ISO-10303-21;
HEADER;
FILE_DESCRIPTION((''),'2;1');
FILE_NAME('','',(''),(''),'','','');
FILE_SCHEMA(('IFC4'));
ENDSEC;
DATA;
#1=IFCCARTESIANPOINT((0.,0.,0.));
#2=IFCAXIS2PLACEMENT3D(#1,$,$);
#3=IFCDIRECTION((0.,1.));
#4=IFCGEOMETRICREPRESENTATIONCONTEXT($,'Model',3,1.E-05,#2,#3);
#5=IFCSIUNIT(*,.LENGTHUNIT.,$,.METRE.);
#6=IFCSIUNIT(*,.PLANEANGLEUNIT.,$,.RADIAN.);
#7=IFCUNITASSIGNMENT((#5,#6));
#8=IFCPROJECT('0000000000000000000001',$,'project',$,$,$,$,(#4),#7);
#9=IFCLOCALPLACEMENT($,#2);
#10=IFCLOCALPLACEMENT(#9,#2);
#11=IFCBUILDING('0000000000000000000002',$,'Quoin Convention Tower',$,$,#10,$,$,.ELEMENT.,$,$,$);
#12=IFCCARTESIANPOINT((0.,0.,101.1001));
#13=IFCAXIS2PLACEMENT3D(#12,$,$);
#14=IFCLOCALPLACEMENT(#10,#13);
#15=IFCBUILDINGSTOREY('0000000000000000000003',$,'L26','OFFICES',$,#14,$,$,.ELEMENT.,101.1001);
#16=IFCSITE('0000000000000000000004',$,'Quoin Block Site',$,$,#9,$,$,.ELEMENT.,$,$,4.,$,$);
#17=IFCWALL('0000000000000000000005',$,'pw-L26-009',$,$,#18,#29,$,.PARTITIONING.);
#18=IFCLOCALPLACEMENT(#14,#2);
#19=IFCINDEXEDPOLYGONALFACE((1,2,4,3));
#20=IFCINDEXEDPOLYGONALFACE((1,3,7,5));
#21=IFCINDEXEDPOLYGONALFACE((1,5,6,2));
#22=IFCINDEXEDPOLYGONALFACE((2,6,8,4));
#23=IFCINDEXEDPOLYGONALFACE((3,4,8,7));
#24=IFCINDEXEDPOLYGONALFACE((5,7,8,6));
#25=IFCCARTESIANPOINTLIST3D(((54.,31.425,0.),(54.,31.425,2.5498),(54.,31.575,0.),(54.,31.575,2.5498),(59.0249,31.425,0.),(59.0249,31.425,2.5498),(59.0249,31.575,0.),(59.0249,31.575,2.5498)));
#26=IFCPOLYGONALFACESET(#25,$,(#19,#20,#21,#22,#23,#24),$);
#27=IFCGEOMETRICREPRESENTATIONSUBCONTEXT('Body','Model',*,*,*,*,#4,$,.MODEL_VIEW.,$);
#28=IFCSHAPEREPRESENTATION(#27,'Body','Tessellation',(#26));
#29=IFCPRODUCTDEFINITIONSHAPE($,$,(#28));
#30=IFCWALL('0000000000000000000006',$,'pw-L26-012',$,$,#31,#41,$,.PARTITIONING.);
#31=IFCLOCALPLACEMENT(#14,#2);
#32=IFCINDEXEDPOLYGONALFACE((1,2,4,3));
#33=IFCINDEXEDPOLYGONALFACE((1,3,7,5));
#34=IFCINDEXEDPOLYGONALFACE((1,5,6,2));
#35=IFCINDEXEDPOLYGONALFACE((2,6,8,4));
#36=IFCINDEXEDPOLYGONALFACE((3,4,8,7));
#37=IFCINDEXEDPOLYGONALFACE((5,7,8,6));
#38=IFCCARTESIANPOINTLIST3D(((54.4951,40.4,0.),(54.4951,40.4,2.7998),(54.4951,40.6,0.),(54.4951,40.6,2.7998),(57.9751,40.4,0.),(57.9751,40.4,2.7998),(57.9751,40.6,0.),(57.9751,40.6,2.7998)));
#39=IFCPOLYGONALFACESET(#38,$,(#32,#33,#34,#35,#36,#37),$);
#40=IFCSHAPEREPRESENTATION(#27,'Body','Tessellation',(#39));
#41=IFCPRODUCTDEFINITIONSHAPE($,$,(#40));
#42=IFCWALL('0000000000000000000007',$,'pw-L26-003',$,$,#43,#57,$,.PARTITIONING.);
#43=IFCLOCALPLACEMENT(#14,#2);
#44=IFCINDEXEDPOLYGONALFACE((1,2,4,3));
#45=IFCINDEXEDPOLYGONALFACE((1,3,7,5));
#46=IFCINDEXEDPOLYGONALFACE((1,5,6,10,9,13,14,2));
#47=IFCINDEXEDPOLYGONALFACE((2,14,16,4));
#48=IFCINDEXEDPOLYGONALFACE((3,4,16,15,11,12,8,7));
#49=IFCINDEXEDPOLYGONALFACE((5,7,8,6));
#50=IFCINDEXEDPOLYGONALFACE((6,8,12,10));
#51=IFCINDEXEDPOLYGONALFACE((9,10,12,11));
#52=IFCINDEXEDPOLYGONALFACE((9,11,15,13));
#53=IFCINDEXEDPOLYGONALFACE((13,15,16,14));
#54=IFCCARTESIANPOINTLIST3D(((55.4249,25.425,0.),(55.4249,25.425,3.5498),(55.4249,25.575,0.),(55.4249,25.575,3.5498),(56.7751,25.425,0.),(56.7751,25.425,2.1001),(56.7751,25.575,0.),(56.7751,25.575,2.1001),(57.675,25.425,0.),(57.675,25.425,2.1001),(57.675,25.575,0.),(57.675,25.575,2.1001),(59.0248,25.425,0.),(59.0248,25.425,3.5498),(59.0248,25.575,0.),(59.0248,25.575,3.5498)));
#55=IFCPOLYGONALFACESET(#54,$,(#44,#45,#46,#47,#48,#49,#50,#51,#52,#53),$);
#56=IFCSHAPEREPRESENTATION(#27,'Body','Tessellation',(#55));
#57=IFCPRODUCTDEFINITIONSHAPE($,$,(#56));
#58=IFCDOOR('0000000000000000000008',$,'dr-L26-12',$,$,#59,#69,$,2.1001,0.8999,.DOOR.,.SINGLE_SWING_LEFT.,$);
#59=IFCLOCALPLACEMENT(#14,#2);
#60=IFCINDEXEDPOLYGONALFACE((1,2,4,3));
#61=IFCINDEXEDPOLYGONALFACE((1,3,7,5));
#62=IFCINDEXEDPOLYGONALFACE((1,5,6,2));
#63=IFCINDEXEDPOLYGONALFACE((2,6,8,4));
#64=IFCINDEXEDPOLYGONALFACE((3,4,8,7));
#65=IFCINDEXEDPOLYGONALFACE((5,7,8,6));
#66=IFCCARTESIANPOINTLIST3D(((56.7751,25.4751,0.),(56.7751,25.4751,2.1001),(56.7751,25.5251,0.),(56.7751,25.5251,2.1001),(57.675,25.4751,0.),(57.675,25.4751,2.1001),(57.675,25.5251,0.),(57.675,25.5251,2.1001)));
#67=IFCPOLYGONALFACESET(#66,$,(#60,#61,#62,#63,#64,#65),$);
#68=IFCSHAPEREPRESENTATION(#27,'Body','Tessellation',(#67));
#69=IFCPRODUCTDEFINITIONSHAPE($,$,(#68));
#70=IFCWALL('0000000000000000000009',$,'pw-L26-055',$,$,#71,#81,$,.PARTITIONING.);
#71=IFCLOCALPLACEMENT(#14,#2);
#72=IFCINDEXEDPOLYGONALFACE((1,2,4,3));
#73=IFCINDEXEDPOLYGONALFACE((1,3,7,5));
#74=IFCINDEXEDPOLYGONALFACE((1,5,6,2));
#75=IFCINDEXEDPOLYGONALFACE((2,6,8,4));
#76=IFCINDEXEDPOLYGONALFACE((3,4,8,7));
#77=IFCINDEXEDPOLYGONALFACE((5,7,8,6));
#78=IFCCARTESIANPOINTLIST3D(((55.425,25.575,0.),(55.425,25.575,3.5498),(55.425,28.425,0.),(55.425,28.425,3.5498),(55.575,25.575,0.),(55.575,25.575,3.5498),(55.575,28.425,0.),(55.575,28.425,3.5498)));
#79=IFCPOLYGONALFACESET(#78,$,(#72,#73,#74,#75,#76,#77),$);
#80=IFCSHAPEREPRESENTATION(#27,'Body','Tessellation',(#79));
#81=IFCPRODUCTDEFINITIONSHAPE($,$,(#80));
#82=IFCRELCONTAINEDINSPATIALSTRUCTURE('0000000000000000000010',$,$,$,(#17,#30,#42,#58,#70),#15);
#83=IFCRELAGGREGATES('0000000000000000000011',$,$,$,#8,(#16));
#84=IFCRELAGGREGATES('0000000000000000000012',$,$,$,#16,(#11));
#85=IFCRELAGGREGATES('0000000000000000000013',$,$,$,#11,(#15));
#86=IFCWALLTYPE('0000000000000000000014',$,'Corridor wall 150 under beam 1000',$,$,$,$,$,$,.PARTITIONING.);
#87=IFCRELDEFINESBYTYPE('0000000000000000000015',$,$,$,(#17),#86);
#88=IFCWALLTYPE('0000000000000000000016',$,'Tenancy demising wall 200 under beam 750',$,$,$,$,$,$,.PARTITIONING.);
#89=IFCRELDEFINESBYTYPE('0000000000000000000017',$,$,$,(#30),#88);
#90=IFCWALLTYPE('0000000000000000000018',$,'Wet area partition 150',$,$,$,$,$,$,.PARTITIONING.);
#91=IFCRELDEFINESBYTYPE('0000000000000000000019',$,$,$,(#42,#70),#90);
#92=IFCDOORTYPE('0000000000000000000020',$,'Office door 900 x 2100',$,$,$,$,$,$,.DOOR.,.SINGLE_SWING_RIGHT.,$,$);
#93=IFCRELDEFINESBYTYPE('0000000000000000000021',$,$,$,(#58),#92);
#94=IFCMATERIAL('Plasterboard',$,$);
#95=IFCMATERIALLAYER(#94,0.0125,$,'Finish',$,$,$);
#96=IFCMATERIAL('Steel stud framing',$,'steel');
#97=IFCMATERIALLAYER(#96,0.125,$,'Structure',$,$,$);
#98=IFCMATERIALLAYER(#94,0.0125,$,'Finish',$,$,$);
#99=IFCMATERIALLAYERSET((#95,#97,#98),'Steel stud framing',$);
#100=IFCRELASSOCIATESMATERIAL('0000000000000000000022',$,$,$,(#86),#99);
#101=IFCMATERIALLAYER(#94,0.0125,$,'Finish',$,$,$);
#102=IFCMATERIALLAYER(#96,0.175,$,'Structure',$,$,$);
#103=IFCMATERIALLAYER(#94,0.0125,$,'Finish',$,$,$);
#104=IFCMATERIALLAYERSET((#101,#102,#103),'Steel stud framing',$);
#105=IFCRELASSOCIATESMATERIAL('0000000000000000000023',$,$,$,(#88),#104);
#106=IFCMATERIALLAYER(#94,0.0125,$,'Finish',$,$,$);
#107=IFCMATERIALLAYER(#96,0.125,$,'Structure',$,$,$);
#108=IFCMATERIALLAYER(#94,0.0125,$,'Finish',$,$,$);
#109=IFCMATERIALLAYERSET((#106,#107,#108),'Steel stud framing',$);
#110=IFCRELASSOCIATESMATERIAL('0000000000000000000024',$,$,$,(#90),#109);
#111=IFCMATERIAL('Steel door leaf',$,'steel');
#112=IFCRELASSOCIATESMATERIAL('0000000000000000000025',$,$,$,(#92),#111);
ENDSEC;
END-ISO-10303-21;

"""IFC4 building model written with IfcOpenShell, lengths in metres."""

from ifc_helpers import new_model, si_unit, direction, frame, frame_2d, origin, place, context, subcontext, project, spatial, rectangle, extrude, material, layer, layer_set, type_object, element, fill, save


model = new_model("IFC4")

# Units and contexts
model_context = context("Model", 3, precision=1e-05, world=origin(), true_north=direction((0.0, 1.0)))
body_context = subcontext(model_context, "Body", "Model", "MODEL_VIEW")
ifc_project = project(units=[si_unit("LENGTHUNIT", "METRE"), si_unit("PLANEANGLEUNIT", "RADIAN")], contexts=[model_context])

# Site, building, storey
site_placement = place(None, origin())
site = spatial("IfcSite", under=ifc_project, at=site_placement, Name="Quoin Block Site", CompositionType="ELEMENT", RefElevation=4.0)
building_placement = place(site_placement, origin())
building = spatial("IfcBuilding", under=site, at=building_placement, Name="Quoin Convention Tower", CompositionType="ELEMENT")
storey_placement = place(building_placement, frame((0.0, 0.0, 101.1001)))
storey = spatial("IfcBuildingStorey", under=building, at=storey_placement, Name="L26", Description="OFFICES", CompositionType="ELEMENT", Elevation=101.1001)

# Shared definitions
ifc_material_1 = material(Name="Plasterboard")
ifc_material_2 = material(Name="Steel stud framing", Category="steel")

# Walls
ifc_layer_1 = layer(ifc_material_1, 0.0125, Name="Finish")
ifc_layer_2 = layer(ifc_material_2, 0.125, Name="Structure")
ifc_layer_3 = layer(ifc_material_1, 0.0125, Name="Finish")
ifc_layer_set_1 = layer_set([ifc_layer_1, ifc_layer_2, ifc_layer_3], Name="Steel stud framing")
wall_type_1 = type_object("IfcWallType", Name="Corridor wall 150 under beam 1000", PredefinedType="PARTITIONING", material=ifc_layer_set_1)
wall_1_placement = place(storey_placement, frame((54.0, 31.5, 0.0), z_axis=(0.0, 0.0, 1.0), x_axis=(1.0, 0.0, 0.0)))
element("IfcWall", 1, at=wall_1_placement, inside=storey, type_object=wall_type_1, Name="pw-L26-009", PredefinedType="PARTITIONING", context=body_context, shape_type="SweptSolid", body=[
    extrude(rectangle(XDim=5.0249, YDim=0.1499, at=frame_2d((2.5125, 0.0))), origin(), (0.0, 0.0, 1.0), 2.5498),
])
ifc_layer_4 = layer(ifc_material_1, 0.0125, Name="Finish")
ifc_layer_5 = layer(ifc_material_2, 0.175, Name="Structure")
ifc_layer_6 = layer(ifc_material_1, 0.0125, Name="Finish")
ifc_layer_set_2 = layer_set([ifc_layer_4, ifc_layer_5, ifc_layer_6], Name="Steel stud framing")
wall_type_2 = type_object("IfcWallType", Name="Tenancy demising wall 200 under beam 750", PredefinedType="PARTITIONING", material=ifc_layer_set_2)
wall_2_placement = place(storey_placement, frame((54.4951, 40.5, 0.0), z_axis=(0.0, 0.0, 1.0), x_axis=(1.0, 0.0, 0.0)))
element("IfcWall", 2, at=wall_2_placement, inside=storey, type_object=wall_type_2, Name="pw-L26-012", PredefinedType="PARTITIONING", context=body_context, shape_type="SweptSolid", body=[
    extrude(rectangle(XDim=3.48, YDim=0.2, at=frame_2d((1.74, 0.0))), origin(), (0.0, 0.0, 1.0), 2.7998),
])

# Wall, opening, door
ifc_layer_7 = layer(ifc_material_1, 0.0125, Name="Finish")
ifc_layer_8 = layer(ifc_material_2, 0.125, Name="Structure")
ifc_layer_9 = layer(ifc_material_1, 0.0125, Name="Finish")
ifc_layer_set_3 = layer_set([ifc_layer_7, ifc_layer_8, ifc_layer_9], Name="Steel stud framing")
wall_type_3 = type_object("IfcWallType", Name="Wet area partition 150", PredefinedType="PARTITIONING", material=ifc_layer_set_3)
wall_3_placement = place(storey_placement, frame((55.425, 25.5, 0.0), z_axis=(0.0, 0.0, 1.0), x_axis=(1.0, 0.0, 0.0)))
wall_3 = element("IfcWall", 3, at=wall_3_placement, inside=storey, type_object=wall_type_3, Name="pw-L26-003", PredefinedType="PARTITIONING", context=body_context, shape_type="SweptSolid", body=[
    extrude(rectangle(XDim=3.5999, YDim=0.1499, at=frame_2d((1.7998, 0.0))), origin(), (0.0, 0.0, 1.0), 3.5498),
])
opening_1_placement = place(wall_3_placement, frame((1.3501, 0.0, 0.0)))
opening_1 = element("IfcOpeningElement", 4, at=opening_1_placement, cuts=wall_3, PredefinedType="OPENING", context=body_context, shape_type="SweptSolid", body=[
    extrude(rectangle(XDim=0.8999, YDim=2.1001, at=frame_2d((0.45, 1.05))), frame((0.0, 0.085, 0.0), z_axis=(0.0, -1.0, 0.0), x_axis=(1.0, 0.0, 0.0)), (0.0, 0.0, 1.0), 0.1699),
])
ifc_material_3 = material(Name="Steel door leaf", Category="steel")
door_type = type_object("IfcDoorType", Name="Office door 900 x 2100", OperationType="SINGLE_SWING_RIGHT", PredefinedType="DOOR", material=ifc_material_3)
door_placement = place(opening_1_placement, frame((0.8999, 0.0, 0.0), z_axis=(0.0, 0.0, 1.0), x_axis=(-1.0, 0.0, 0.0)))
door = element("IfcDoor", 5, at=door_placement, inside=storey, type_object=door_type, Name="dr-L26-12", OperationType="SINGLE_SWING_LEFT", OverallHeight=2.1001, OverallWidth=0.8999, PredefinedType="DOOR", context=body_context, shape_type="SweptSolid", body=[
    extrude(rectangle(XDim=0.8999, YDim=2.1001, at=frame_2d((0.45, 1.05))), frame((0.0, 0.0249, 0.0), z_axis=(0.0, -1.0, 0.0), x_axis=(1.0, 0.0, 0.0)), (0.0, 0.0, 1.0), 0.05),
])
fill(opening_1, door)

# Wall
wall_4_placement = place(storey_placement, frame((55.5, 25.575, 0.0), z_axis=(0.0, 0.0, 1.0), x_axis=(0.0, 1.0, 0.0)))
element("IfcWall", 6, at=wall_4_placement, inside=storey, type_object=wall_type_3, Name="pw-L26-055", PredefinedType="PARTITIONING", context=body_context, shape_type="SweptSolid", body=[
    extrude(rectangle(XDim=2.8501, YDim=0.1499, at=frame_2d((1.425, 0.0))), origin(), (0.0, 0.0, 1.0), 3.5498),
])

save(model, "model.ifc")
